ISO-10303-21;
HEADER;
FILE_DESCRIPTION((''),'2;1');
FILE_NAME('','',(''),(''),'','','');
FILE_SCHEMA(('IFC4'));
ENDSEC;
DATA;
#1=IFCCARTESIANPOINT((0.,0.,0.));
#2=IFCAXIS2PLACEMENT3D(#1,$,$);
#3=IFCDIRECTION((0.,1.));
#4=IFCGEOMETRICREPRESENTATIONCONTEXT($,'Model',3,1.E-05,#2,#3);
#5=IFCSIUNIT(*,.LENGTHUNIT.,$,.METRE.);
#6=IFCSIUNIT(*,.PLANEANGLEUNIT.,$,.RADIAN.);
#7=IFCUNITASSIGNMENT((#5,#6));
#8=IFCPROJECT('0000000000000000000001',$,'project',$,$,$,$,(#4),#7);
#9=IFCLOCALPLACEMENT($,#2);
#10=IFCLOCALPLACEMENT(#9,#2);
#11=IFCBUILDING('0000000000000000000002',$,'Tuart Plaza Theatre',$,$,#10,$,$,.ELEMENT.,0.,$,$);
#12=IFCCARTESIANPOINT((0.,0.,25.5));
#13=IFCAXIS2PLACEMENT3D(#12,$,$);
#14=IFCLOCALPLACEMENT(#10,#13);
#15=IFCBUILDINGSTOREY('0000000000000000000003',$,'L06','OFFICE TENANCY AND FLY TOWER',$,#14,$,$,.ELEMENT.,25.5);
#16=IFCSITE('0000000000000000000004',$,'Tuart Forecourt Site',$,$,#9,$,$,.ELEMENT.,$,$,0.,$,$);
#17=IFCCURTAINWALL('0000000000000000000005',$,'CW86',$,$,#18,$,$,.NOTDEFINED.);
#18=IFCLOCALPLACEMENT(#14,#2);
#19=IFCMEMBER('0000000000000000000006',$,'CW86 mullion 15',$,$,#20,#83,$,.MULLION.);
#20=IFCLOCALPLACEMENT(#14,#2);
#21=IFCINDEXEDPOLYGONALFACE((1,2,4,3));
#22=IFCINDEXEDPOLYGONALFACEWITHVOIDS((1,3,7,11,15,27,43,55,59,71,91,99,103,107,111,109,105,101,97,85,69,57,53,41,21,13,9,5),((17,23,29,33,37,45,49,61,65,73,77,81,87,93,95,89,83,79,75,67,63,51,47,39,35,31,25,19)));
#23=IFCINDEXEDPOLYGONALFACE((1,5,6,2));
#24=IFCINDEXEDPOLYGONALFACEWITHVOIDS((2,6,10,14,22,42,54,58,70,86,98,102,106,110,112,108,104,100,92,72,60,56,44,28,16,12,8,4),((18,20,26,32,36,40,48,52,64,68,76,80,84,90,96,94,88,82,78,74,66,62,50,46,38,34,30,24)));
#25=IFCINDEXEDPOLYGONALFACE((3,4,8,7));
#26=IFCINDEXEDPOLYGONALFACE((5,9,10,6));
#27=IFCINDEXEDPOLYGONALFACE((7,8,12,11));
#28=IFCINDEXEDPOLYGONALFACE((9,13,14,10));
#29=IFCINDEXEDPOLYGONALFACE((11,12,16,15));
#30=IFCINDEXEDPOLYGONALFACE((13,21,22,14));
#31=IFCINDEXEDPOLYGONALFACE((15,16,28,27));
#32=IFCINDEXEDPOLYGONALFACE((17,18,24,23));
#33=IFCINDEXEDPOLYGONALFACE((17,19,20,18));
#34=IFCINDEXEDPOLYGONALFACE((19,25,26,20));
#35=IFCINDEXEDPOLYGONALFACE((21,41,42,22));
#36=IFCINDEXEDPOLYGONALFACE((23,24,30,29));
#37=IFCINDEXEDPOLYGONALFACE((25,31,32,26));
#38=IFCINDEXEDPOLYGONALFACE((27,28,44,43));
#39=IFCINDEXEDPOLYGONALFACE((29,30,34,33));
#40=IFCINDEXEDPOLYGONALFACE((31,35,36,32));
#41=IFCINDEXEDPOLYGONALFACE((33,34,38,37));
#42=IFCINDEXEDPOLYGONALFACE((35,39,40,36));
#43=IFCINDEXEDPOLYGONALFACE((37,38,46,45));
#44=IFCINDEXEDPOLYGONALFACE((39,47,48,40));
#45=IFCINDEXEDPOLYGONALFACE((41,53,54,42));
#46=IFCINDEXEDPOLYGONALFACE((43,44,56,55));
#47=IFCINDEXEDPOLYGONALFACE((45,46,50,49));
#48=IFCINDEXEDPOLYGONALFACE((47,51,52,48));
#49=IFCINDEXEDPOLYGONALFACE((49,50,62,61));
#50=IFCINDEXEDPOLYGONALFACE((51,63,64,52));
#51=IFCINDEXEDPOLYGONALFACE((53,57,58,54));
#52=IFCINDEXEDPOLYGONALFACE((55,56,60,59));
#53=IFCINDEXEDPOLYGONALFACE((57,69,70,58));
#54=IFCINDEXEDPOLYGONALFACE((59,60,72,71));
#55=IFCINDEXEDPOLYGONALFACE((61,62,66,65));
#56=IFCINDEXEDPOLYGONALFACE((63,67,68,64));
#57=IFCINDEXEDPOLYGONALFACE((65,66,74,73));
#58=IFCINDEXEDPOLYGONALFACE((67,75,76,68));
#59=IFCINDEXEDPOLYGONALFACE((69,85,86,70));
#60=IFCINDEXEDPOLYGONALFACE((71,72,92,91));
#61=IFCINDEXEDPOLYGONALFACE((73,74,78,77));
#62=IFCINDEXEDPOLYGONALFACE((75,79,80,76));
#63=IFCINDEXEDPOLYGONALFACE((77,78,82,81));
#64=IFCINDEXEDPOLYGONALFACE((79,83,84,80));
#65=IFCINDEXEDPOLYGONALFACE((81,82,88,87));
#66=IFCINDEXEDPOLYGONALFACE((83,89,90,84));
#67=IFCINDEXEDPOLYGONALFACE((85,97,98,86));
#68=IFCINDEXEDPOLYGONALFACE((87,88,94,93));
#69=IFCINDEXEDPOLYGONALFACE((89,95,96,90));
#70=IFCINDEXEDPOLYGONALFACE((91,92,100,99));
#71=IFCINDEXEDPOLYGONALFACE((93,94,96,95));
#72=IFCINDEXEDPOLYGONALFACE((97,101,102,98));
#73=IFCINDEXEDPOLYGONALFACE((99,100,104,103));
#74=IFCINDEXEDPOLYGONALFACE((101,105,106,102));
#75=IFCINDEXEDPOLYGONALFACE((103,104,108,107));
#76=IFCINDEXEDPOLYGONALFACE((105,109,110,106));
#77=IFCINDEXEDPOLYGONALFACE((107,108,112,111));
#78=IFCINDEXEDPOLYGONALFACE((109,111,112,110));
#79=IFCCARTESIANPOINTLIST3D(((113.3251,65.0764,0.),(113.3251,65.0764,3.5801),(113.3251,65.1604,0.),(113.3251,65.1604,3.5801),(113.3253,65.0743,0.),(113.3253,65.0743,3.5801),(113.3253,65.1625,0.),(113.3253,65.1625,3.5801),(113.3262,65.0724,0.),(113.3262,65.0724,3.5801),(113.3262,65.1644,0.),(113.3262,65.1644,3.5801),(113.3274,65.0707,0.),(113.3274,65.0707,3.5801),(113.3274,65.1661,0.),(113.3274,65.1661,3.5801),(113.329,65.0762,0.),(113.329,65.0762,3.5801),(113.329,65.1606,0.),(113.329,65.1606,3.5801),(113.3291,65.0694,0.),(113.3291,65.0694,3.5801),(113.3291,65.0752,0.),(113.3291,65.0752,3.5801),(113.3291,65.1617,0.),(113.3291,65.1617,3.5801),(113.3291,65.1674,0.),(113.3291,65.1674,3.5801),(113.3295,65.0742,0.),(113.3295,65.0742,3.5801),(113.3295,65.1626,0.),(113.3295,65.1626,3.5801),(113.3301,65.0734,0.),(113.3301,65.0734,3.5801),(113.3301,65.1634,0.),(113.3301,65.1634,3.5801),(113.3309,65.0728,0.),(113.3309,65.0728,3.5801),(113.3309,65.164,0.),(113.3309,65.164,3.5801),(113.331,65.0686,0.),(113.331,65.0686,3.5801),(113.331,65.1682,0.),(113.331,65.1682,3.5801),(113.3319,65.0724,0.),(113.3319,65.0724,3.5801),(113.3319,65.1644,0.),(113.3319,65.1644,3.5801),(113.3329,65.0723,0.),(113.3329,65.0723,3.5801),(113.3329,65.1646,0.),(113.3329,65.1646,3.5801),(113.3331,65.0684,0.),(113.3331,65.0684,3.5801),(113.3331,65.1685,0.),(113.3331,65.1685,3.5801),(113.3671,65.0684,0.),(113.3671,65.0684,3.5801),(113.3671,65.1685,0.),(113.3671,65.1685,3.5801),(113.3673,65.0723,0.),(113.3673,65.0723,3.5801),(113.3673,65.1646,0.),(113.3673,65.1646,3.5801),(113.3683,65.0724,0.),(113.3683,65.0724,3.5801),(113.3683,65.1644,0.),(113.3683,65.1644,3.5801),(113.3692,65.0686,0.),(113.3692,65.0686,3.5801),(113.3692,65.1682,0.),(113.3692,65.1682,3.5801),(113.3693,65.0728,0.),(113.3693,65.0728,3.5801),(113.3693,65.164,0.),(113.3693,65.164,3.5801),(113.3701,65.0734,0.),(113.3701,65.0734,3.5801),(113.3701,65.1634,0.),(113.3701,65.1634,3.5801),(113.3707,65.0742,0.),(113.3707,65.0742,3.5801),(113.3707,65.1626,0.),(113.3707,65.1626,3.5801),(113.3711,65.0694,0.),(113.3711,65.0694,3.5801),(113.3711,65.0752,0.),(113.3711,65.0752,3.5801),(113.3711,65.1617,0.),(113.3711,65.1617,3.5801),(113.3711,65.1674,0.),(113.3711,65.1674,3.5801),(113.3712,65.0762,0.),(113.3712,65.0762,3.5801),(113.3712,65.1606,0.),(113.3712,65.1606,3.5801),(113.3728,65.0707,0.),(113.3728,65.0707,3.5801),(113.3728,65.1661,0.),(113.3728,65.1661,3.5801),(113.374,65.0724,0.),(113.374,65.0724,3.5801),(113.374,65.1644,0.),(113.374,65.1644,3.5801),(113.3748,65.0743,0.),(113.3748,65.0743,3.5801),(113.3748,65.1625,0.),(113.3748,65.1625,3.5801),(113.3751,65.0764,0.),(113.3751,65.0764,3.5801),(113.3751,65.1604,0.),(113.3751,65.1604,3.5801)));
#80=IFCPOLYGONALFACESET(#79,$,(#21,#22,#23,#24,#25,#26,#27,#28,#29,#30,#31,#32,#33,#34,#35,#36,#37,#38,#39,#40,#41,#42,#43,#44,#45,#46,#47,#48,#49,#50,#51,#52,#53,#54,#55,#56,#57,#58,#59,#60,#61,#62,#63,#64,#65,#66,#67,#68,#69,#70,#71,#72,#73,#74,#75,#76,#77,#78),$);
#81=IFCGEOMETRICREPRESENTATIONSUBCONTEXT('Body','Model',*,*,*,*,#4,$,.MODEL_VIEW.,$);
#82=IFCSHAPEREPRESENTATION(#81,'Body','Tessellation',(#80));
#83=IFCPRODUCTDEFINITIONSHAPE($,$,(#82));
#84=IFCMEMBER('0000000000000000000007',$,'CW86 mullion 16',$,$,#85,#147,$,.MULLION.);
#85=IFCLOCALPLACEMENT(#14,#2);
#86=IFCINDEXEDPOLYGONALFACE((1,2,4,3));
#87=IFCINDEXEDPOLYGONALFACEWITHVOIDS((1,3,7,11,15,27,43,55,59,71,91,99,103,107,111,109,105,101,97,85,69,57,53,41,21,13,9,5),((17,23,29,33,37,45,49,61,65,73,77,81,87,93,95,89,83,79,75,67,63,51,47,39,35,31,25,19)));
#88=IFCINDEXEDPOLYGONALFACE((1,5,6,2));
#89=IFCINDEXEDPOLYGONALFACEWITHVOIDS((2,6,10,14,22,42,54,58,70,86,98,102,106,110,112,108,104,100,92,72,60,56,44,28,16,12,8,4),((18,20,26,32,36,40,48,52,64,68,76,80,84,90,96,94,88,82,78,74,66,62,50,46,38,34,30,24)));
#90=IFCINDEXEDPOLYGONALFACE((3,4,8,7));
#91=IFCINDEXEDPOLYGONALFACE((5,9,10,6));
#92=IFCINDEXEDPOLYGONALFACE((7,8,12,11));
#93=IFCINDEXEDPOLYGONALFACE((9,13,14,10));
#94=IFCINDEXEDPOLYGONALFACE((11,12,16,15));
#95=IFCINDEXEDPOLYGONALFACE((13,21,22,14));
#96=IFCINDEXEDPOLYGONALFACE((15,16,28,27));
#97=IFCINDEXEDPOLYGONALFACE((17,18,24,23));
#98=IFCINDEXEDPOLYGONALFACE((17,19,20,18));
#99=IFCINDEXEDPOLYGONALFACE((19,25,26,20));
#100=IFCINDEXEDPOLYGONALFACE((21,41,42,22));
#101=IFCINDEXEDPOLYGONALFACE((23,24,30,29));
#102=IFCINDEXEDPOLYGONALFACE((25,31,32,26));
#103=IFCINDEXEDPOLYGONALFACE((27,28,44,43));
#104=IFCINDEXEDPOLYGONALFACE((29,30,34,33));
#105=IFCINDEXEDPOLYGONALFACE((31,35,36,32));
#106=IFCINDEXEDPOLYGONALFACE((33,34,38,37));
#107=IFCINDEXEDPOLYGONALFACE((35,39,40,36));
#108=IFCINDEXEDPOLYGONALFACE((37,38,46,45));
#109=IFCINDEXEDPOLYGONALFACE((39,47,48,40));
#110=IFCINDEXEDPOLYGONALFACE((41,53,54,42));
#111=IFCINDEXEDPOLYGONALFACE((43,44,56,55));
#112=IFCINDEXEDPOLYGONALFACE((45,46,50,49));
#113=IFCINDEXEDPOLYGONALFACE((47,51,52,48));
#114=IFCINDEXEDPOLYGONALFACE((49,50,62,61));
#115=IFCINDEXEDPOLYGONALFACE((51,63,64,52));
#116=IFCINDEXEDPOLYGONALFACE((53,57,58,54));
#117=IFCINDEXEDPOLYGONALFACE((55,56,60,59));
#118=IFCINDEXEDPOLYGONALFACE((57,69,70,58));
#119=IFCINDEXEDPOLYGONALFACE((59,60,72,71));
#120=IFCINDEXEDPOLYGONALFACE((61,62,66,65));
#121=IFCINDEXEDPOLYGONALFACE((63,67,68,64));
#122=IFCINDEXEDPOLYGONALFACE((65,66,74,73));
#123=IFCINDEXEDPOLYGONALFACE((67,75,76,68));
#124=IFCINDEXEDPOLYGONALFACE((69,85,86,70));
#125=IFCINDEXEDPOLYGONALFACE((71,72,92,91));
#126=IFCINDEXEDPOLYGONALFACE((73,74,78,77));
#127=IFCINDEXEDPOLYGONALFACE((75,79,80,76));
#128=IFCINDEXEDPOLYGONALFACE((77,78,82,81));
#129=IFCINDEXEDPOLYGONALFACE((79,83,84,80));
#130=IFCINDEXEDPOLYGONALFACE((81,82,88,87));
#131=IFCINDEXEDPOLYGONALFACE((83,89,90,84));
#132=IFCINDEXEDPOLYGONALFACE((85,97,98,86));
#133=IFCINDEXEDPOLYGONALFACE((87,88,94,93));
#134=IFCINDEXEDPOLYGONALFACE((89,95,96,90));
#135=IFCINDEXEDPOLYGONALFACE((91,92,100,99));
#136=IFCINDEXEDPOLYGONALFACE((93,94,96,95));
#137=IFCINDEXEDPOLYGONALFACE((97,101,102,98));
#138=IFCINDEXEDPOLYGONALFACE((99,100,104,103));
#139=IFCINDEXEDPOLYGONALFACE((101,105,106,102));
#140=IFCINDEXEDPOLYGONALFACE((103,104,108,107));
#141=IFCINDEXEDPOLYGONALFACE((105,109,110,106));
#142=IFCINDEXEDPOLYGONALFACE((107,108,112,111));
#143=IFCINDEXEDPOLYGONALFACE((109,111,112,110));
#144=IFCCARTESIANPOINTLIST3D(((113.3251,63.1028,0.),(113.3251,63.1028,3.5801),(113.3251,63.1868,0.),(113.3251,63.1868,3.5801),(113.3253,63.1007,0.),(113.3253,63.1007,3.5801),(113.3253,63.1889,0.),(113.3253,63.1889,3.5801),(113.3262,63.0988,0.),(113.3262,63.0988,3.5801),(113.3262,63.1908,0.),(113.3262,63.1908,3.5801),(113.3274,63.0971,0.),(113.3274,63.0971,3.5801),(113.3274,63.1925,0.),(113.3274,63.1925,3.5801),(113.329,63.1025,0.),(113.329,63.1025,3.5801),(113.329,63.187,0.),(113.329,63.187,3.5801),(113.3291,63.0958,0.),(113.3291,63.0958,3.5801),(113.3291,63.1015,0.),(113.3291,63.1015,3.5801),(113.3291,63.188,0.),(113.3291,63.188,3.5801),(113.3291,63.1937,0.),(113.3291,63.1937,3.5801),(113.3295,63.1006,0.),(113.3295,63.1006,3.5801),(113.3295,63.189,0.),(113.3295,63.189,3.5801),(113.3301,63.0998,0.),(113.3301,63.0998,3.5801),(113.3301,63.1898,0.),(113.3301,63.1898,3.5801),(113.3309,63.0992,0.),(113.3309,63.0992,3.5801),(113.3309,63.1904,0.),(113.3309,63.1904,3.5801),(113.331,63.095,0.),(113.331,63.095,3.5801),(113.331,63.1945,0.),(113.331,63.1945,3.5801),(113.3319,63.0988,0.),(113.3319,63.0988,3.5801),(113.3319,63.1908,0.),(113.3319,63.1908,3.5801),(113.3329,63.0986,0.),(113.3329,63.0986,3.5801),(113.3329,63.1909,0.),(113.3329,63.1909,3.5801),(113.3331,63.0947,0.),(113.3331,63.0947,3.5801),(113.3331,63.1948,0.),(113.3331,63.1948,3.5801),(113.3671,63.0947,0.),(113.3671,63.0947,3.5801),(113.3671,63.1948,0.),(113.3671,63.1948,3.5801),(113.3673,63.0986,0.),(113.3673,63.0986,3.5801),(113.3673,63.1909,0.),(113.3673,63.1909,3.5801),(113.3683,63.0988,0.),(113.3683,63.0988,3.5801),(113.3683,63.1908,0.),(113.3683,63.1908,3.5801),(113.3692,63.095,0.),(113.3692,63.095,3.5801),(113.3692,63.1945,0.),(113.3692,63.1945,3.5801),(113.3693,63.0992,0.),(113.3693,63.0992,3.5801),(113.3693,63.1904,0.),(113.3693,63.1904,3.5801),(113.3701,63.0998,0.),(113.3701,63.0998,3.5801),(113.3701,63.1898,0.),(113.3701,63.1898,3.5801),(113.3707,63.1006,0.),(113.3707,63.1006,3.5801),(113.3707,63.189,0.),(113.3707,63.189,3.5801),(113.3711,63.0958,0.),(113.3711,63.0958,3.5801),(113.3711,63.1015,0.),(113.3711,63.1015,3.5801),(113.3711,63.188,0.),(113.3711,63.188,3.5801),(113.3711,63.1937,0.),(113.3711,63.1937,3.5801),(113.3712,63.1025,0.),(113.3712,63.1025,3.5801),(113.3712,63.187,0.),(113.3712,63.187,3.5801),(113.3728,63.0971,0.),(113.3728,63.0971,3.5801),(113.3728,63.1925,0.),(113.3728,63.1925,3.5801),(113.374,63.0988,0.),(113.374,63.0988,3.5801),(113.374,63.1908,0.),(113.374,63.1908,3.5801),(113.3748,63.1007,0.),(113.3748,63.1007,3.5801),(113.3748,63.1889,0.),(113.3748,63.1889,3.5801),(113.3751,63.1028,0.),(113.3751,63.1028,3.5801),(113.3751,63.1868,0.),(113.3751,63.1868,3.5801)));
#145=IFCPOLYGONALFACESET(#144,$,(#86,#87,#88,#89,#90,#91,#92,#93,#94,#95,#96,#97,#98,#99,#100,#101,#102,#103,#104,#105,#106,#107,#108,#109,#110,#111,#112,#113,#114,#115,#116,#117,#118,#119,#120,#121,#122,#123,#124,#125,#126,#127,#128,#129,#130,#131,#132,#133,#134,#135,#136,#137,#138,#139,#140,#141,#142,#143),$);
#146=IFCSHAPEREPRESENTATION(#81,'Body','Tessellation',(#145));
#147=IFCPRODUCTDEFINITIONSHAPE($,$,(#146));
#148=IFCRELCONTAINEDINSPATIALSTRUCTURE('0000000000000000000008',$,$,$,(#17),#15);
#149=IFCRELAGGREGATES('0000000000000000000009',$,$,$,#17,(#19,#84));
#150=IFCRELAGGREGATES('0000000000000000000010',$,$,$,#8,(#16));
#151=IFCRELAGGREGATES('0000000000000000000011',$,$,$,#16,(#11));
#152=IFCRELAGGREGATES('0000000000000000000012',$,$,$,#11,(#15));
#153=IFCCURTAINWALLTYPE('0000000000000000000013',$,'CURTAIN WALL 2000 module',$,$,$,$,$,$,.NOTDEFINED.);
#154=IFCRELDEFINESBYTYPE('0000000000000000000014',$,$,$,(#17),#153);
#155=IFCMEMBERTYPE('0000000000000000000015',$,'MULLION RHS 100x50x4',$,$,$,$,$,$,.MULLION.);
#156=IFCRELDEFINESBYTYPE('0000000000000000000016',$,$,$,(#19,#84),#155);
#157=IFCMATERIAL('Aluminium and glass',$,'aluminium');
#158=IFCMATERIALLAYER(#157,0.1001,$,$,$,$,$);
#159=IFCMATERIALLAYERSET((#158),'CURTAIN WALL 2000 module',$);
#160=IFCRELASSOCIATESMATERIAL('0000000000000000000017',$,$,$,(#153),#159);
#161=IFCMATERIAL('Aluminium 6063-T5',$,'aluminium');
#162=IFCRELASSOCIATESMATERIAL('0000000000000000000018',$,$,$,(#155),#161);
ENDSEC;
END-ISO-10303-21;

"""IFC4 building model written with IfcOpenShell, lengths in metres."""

from ifc_helpers import new_model, si_unit, direction, frame, origin, origin_2d, place, context, subcontext, project, spatial, hollow_rectangle, extrude, material, layer, layer_set, material_profile, profile_set, type_object, element, aggregate, save


model = new_model("IFC4")

# Units and contexts
model_context = context("Model", 3, precision=1e-05, world=origin(), true_north=direction((0.0, 1.0)))
body_context = subcontext(model_context, "Body", "Model", "MODEL_VIEW")
ifc_project = project(units=[si_unit("LENGTHUNIT", "METRE"), si_unit("PLANEANGLEUNIT", "RADIAN")], contexts=[model_context])

# Site, building, storey
site_placement = place(None, origin())
site = spatial("IfcSite", under=ifc_project, at=site_placement, Name="Tuart Forecourt Site", CompositionType="ELEMENT", RefElevation=0.0)
building_placement = place(site_placement, origin())
building = spatial("IfcBuilding", under=site, at=building_placement, Name="Tuart Plaza Theatre", CompositionType="ELEMENT", ElevationOfRefHeight=0.0)
storey_placement = place(building_placement, frame((0.0, 0.0, 25.5)))
storey = spatial("IfcBuildingStorey", under=building, at=storey_placement, Name="L06", Description="OFFICE TENANCY AND FLY TOWER", CompositionType="ELEMENT", Elevation=25.5)

# Curtain wall, members
ifc_material_1 = material(Name="Aluminium and glass", Category="aluminium")
ifc_layer_1 = layer(ifc_material_1, 0.1001)
ifc_layer_set_1 = layer_set([ifc_layer_1], Name="CURTAIN WALL 2000 module")
curtain_wall_type = type_object("IfcCurtainWallType", Name="CURTAIN WALL 2000 module", PredefinedType="NOTDEFINED", material=ifc_layer_set_1)
curtain_wall_placement = place(storey_placement, origin())
curtain_wall = element("IfcCurtainWall", 1, at=curtain_wall_placement, inside=storey, type_object=curtain_wall_type, Name="CW86", PredefinedType="NOTDEFINED")
ifc_material_2 = material(Name="Aluminium 6063-T5", Category="aluminium")
ifc_material_profile_1 = material_profile(ifc_material_2, hollow_rectangle(XDim=0.05, YDim=0.1001, WallThickness=0.0039, InnerFilletRadius=0.0039, OuterFilletRadius=0.0081, at=origin_2d()), Name="RHS 100x50x4")
ifc_profile_set_1 = profile_set([ifc_material_profile_1], Name="Aluminium 6063-T5")
member_type_1 = type_object("IfcMemberType", Name="MULLION RHS 100x50x4", PredefinedType="MULLION", material=ifc_profile_set_1)
member_1_placement = place(storey_placement, frame((113.3501, 65.1184, 0.0), z_axis=(0.0, 0.0, 1.0), x_axis=(1.0, 0.0, 0.0)))
member_1 = element("IfcMember", 2, at=member_1_placement, type_object=member_type_1, Name="CW86 mullion 15", PredefinedType="MULLION", context=body_context, shape_type="SweptSolid", body=[
    extrude(hollow_rectangle(XDim=0.05, YDim=0.1001, WallThickness=0.0039, InnerFilletRadius=0.0039, OuterFilletRadius=0.0081, at=origin_2d()), origin(), (0.0, 0.0, 1.0), 3.5801),
])
member_2_placement = place(storey_placement, frame((113.3501, 63.1448, 0.0), z_axis=(0.0, 0.0, 1.0), x_axis=(1.0, 0.0, 0.0)))
member_2 = element("IfcMember", 3, at=member_2_placement, type_object=member_type_1, Name="CW86 mullion 16", PredefinedType="MULLION", context=body_context, shape_type="SweptSolid", body=[
    extrude(hollow_rectangle(XDim=0.05, YDim=0.1001, WallThickness=0.0039, InnerFilletRadius=0.0039, OuterFilletRadius=0.0081, at=origin_2d()), origin(), (0.0, 0.0, 1.0), 3.5801),
])
aggregate(curtain_wall, [member_1, member_2])

save(model, "model.ifc")
